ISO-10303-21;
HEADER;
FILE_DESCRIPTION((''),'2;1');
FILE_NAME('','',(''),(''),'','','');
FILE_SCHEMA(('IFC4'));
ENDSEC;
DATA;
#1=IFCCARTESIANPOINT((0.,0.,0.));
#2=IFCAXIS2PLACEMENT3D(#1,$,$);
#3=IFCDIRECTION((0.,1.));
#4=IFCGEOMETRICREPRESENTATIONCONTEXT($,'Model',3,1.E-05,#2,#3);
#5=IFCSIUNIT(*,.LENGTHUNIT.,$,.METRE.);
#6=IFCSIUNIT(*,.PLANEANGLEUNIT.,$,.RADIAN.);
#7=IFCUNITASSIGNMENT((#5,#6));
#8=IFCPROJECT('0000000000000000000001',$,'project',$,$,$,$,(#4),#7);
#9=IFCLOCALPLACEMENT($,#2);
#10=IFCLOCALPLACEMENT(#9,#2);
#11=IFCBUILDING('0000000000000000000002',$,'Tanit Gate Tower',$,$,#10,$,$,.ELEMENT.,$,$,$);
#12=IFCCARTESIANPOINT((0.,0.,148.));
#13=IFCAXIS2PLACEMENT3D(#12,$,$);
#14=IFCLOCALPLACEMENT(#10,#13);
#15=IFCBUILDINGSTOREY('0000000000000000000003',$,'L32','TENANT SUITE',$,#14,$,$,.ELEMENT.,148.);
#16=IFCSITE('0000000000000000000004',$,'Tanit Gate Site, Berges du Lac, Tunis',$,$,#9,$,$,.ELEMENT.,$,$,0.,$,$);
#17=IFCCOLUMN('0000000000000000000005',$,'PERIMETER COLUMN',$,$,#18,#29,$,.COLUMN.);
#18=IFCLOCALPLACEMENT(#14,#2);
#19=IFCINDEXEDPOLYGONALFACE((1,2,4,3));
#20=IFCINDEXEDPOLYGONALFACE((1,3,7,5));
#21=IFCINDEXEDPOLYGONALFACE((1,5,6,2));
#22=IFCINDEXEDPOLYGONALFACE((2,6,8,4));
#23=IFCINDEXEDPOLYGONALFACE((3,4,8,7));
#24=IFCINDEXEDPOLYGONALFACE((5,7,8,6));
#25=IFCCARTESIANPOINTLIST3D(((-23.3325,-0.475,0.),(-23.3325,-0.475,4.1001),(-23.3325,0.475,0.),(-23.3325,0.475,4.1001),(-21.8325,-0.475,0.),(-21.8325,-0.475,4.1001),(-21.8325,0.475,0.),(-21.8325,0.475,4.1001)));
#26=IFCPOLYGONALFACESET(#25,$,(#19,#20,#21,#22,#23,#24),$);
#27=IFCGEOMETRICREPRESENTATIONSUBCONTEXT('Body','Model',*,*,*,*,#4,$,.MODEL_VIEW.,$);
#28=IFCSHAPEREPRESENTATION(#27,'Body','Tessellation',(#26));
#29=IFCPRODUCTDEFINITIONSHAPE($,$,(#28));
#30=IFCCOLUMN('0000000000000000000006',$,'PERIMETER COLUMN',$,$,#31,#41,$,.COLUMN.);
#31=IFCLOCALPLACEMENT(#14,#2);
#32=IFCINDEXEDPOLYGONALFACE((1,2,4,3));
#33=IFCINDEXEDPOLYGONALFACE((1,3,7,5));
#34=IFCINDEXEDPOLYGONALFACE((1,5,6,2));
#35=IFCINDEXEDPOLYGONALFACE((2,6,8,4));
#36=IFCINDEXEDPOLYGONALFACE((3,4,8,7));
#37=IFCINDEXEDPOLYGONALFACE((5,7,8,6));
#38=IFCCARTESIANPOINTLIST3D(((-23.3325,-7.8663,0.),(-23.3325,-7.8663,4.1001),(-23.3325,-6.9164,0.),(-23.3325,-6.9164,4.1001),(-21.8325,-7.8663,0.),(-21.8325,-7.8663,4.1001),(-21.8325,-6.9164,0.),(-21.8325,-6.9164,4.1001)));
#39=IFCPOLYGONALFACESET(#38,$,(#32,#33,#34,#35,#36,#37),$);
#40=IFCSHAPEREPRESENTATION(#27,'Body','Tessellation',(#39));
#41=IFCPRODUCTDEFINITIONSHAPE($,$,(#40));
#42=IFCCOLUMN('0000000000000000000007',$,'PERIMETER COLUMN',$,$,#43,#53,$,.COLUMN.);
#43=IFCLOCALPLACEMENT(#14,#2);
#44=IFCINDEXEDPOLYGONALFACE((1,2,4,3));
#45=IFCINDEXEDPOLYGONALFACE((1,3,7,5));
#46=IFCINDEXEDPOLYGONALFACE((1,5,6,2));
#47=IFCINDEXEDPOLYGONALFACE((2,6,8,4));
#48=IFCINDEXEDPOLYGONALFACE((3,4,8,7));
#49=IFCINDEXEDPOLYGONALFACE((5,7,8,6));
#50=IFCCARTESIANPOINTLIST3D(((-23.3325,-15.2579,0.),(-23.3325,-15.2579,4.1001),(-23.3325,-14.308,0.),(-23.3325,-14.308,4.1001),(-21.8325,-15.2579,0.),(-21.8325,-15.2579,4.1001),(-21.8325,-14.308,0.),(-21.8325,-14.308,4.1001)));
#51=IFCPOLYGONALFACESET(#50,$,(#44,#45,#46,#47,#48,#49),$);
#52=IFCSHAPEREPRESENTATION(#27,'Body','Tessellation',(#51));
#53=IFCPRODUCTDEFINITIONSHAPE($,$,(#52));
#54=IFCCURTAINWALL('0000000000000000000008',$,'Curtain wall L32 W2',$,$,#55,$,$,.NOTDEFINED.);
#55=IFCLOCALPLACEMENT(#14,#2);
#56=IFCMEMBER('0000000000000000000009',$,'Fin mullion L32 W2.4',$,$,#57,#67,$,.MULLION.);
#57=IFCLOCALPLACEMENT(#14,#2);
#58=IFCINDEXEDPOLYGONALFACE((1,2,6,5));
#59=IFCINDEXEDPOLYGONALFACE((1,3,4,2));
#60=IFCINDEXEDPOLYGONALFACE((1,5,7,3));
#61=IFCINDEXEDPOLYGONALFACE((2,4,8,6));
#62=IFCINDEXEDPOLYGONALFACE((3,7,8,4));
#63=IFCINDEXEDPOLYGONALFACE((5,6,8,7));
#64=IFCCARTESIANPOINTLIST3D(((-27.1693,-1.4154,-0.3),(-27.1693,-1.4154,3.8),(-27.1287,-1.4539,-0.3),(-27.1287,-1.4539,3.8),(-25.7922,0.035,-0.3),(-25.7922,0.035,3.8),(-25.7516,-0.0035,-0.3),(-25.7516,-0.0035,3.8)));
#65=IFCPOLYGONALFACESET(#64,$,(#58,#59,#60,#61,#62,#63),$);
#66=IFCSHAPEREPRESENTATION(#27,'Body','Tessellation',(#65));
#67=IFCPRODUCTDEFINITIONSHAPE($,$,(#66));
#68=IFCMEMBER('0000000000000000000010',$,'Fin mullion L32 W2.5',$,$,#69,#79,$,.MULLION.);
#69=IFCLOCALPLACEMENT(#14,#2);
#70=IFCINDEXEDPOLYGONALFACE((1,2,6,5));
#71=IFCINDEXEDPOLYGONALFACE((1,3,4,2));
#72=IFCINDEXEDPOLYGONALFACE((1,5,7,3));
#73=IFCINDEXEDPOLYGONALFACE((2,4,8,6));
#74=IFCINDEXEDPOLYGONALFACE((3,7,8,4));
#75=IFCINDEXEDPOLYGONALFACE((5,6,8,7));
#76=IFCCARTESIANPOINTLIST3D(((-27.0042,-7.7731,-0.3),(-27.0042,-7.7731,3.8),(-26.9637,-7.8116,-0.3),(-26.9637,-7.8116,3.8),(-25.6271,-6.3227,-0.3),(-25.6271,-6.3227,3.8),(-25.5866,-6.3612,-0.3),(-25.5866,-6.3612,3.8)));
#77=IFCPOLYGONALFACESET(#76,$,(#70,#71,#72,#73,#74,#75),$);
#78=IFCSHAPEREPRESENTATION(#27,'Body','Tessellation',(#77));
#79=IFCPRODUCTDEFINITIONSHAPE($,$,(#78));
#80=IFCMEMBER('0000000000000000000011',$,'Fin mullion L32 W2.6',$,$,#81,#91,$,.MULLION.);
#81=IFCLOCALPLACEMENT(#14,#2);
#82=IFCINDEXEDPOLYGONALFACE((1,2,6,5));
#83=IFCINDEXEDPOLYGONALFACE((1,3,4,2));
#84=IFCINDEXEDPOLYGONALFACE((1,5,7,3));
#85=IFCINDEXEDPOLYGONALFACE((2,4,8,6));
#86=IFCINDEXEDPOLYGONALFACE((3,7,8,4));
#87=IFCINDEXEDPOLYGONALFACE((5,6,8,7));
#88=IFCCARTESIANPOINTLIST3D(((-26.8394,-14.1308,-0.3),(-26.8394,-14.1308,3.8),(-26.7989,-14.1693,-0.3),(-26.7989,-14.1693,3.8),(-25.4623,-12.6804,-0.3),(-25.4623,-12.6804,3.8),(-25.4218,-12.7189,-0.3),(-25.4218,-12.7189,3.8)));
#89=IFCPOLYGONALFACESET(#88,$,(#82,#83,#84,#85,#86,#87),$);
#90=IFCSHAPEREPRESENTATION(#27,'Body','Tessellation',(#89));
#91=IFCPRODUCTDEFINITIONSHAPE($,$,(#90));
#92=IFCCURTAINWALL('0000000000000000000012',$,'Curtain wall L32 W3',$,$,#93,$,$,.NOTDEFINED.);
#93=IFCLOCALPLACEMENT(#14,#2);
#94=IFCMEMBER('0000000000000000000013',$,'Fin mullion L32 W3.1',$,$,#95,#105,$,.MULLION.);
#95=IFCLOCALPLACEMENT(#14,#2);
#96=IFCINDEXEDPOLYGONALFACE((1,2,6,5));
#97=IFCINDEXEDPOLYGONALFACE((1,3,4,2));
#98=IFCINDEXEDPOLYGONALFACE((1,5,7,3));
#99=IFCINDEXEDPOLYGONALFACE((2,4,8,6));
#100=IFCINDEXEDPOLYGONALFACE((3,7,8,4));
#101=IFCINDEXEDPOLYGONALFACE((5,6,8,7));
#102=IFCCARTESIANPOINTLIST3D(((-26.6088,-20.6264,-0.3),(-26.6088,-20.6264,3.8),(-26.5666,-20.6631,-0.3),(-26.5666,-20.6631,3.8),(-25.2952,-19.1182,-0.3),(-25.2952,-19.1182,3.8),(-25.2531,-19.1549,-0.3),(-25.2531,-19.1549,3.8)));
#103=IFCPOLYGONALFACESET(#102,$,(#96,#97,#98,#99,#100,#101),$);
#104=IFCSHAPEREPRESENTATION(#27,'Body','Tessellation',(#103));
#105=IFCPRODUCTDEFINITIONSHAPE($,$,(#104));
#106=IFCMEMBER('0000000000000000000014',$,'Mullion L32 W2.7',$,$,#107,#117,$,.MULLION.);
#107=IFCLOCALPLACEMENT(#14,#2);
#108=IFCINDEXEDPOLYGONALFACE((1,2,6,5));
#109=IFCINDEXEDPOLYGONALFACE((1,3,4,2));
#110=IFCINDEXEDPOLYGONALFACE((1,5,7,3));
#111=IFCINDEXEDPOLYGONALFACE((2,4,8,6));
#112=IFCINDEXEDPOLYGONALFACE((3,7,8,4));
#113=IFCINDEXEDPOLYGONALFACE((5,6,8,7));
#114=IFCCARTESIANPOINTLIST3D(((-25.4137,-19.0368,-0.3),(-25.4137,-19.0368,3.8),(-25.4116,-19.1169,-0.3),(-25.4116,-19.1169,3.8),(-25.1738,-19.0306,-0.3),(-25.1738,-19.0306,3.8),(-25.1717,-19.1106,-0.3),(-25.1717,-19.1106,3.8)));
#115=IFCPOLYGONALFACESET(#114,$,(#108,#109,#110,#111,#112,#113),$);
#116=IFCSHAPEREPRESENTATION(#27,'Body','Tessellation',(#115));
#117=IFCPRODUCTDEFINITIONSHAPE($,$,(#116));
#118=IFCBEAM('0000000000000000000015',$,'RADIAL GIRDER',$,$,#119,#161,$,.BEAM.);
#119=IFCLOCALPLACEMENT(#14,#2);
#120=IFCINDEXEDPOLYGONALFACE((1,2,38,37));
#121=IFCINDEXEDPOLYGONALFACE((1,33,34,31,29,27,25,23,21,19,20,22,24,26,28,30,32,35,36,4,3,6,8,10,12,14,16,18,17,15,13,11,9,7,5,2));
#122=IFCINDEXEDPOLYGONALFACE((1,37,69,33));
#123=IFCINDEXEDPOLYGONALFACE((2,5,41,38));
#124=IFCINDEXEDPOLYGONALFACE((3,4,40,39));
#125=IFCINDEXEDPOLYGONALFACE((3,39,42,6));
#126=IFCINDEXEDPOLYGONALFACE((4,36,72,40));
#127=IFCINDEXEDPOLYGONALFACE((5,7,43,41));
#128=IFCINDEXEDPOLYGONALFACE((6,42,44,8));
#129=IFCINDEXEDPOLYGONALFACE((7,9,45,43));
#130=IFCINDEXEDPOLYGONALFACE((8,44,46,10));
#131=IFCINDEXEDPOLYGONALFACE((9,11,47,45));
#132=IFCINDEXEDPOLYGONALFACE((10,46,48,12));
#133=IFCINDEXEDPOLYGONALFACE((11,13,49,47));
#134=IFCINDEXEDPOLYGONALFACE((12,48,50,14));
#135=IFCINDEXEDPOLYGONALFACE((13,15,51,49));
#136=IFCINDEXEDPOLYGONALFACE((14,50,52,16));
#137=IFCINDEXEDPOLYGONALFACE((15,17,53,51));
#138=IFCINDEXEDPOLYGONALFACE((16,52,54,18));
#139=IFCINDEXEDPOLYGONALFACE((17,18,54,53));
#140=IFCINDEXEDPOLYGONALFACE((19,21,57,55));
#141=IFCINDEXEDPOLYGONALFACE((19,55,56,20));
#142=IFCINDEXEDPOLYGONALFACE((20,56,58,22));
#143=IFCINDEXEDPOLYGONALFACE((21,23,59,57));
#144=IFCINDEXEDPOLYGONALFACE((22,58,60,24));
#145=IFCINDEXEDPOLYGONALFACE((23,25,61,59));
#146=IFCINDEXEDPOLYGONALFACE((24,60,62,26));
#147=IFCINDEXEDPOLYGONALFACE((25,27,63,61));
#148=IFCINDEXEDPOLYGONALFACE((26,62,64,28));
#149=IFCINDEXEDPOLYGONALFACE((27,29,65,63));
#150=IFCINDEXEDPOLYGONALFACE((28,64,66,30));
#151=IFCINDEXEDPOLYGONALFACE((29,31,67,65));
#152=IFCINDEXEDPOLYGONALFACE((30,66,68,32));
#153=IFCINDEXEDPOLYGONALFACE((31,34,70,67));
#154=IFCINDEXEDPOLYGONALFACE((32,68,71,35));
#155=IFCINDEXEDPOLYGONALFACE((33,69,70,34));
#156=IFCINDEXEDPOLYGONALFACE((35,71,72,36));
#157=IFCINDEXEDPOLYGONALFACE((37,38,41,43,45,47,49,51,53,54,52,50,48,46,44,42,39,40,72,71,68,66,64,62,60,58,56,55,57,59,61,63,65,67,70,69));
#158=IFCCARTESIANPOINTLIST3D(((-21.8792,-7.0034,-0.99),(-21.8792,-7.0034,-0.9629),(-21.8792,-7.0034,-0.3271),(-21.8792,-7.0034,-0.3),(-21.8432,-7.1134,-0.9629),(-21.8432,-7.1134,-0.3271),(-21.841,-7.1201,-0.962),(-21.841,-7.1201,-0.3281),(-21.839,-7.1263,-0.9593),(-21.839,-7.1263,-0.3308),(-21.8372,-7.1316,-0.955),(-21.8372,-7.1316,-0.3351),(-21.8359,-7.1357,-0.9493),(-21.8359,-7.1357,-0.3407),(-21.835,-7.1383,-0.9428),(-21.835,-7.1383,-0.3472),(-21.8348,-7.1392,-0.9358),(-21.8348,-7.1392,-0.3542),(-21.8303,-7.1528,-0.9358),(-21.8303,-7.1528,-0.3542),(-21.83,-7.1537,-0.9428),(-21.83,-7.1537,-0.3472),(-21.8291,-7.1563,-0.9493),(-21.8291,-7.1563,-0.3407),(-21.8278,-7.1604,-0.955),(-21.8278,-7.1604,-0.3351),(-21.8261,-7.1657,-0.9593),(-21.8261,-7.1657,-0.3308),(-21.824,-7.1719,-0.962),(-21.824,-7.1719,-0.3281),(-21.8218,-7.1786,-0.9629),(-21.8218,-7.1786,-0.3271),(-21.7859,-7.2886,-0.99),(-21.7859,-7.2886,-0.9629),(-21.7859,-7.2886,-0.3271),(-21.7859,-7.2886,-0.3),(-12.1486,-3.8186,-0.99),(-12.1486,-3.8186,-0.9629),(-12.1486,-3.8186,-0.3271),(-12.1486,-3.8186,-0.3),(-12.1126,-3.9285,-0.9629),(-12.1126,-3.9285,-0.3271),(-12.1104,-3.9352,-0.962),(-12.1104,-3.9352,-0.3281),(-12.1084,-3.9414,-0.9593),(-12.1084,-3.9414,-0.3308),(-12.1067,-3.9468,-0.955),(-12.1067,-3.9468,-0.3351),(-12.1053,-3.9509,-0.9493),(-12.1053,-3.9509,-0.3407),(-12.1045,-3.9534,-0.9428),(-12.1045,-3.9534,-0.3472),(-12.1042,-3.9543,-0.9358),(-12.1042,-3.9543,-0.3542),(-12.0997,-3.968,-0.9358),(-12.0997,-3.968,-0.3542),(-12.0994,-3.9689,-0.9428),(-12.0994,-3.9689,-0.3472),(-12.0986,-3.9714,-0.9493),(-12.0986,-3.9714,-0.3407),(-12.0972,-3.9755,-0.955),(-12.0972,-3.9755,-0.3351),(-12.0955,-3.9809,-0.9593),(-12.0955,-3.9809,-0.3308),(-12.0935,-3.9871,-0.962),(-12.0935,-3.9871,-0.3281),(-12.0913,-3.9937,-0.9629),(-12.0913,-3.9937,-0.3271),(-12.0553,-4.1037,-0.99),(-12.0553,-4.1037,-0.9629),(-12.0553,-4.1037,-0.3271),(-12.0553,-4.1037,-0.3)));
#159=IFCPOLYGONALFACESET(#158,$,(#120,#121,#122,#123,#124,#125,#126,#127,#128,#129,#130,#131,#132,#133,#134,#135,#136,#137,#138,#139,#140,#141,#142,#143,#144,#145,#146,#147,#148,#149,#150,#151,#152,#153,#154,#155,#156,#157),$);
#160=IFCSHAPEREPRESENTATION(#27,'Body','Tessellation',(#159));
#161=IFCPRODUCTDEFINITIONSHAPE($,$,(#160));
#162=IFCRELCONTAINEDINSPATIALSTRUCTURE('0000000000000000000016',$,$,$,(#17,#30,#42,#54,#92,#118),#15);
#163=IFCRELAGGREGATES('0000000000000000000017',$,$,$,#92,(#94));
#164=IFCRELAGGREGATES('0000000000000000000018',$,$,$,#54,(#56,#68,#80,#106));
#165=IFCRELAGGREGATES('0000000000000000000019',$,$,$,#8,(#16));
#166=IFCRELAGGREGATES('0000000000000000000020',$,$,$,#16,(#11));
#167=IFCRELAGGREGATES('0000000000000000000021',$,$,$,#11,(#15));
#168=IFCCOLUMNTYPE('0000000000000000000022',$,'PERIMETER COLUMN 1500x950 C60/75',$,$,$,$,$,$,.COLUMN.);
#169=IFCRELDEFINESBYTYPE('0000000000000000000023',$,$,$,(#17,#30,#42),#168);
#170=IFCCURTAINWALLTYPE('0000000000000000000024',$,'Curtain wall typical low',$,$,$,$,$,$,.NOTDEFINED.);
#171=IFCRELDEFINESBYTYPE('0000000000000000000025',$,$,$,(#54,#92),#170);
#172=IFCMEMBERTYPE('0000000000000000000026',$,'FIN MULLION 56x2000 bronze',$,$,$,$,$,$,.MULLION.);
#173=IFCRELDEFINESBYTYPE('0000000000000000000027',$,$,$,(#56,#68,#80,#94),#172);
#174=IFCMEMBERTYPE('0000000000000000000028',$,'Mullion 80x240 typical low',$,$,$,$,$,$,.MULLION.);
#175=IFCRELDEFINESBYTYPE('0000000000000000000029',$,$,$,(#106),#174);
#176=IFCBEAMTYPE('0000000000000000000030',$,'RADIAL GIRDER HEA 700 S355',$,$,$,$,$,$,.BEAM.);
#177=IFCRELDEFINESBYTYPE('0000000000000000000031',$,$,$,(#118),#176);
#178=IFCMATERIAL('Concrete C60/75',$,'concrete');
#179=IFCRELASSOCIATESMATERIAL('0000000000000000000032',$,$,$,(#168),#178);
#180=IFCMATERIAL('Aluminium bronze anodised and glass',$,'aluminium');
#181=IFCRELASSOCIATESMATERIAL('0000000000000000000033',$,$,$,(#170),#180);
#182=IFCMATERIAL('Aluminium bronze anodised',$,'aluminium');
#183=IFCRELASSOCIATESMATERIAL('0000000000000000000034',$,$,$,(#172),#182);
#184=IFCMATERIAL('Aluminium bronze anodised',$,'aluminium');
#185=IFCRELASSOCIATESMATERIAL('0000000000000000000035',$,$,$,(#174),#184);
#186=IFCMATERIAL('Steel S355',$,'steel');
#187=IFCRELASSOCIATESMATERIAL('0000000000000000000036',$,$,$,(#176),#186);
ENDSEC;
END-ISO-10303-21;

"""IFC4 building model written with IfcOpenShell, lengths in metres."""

from ifc_helpers import new_model, si_unit, direction, frame, origin, origin_2d, place, context, subcontext, project, spatial, rectangle, i_section, extrude, material, material_profile, profile_set, type_object, element, aggregate, save


model = new_model("IFC4")

# Units and contexts
model_context = context("Model", 3, precision=1e-05, world=origin(), true_north=direction((0.0, 1.0)))
body_context = subcontext(model_context, "Body", "Model", "MODEL_VIEW")
ifc_project = project(units=[si_unit("LENGTHUNIT", "METRE"), si_unit("PLANEANGLEUNIT", "RADIAN")], contexts=[model_context])

# Site, building, storey
site_placement = place(None, origin())
site = spatial("IfcSite", under=ifc_project, at=site_placement, Name="Tanit Gate Site, Berges du Lac, Tunis", CompositionType="ELEMENT", RefElevation=0.0)
building_placement = place(site_placement, origin())
building = spatial("IfcBuilding", under=site, at=building_placement, Name="Tanit Gate Tower", CompositionType="ELEMENT")
storey_placement = place(building_placement, frame((0.0, 0.0, 148.0)))
storey = spatial("IfcBuildingStorey", under=building, at=storey_placement, Name="L32", Description="TENANT SUITE", CompositionType="ELEMENT", Elevation=148.0)

# Columns
ifc_material_1 = material(Name="Concrete C60/75", Category="concrete")
ifc_material_profile_1 = material_profile(ifc_material_1, rectangle(XDim=1.5, YDim=0.95, at=origin_2d()), Name="RC 1500x950")
ifc_profile_set_1 = profile_set([ifc_material_profile_1], Name="Concrete C60/75")
column_type = type_object("IfcColumnType", Name="PERIMETER COLUMN 1500x950 C60/75", PredefinedType="COLUMN", material=ifc_profile_set_1)
for number, where, z_axis, x_axis, name in (
    (1, (-22.5825, 0.0, 0.0), (0.0, 0.0, 1.0), (-1.0, 0.0, 0.0), "PERIMETER COLUMN"),
    (2, (-22.5825, -7.3914, 0.0), (0.0, 0.0, 1.0), (-1.0, 0.0, 0.0), "PERIMETER COLUMN"),
    (3, (-22.5825, -14.783, 0.0), (0.0, 0.0, 1.0), (-1.0, 0.0, 0.0), "PERIMETER COLUMN"),
):
    element("IfcColumn", number, at=place(storey_placement, frame(where, z_axis=z_axis, x_axis=x_axis)), inside=storey, type_object=column_type, Name=name, PredefinedType="COLUMN", context=body_context, shape_type="SweptSolid", body=[
        extrude(rectangle(XDim=1.5, YDim=0.95, at=origin_2d()), origin(), (0.0, 0.0, 1.0), 4.1001),
    ])

# Curtain wall, members
ifc_material_2 = material(Name="Aluminium bronze anodised and glass", Category="aluminium")
curtain_wall_type = type_object("IfcCurtainWallType", Name="Curtain wall typical low", PredefinedType="NOTDEFINED", material=ifc_material_2)
curtain_wall_1_placement = place(storey_placement, origin())
curtain_wall_1 = element("IfcCurtainWall", 4, at=curtain_wall_1_placement, inside=storey, type_object=curtain_wall_type, Name="Curtain wall L32 W2", PredefinedType="NOTDEFINED")
ifc_material_3 = material(Name="Aluminium bronze anodised", Category="aluminium")
ifc_material_profile_2 = material_profile(ifc_material_3, rectangle(XDim=2.0, YDim=0.0559, at=origin_2d()), Name="56x2000 bronze fin mullion")
ifc_profile_set_2 = profile_set([ifc_material_profile_2], Name="Aluminium bronze anodised")
member_type_1 = type_object("IfcMemberType", Name="FIN MULLION 56x2000 bronze", PredefinedType="MULLION", material=ifc_profile_set_2)
member_1_placement = place(storey_placement, frame((-26.4604, -0.7095, -0.3), z_axis=(0.0, 0.0, 1.0), x_axis=(0.688538, 0.7252, 0.0)))
member_1 = element("IfcMember", 5, at=member_1_placement, type_object=member_type_1, Name="Fin mullion L32 W2.4", PredefinedType="MULLION", context=body_context, shape_type="SweptSolid", body=[
    extrude(rectangle(XDim=2.0, YDim=0.0559, at=origin_2d()), origin(), (0.0, 0.0, 1.0), 4.1001),
])
member_2_placement = place(storey_placement, frame((-26.2954, -7.0671, -0.3), z_axis=(0.0, 0.0, 1.0), x_axis=(0.688538, 0.7252, 0.0)))
member_2 = element("IfcMember", 6, at=member_2_placement, type_object=member_type_1, Name="Fin mullion L32 W2.5", PredefinedType="MULLION", context=body_context, shape_type="SweptSolid", body=[
    extrude(rectangle(XDim=2.0, YDim=0.0559, at=origin_2d()), origin(), (0.0, 0.0, 1.0), 4.1001),
])
member_3_placement = place(storey_placement, frame((-26.1306, -13.4248, -0.3), z_axis=(0.0, 0.0, 1.0), x_axis=(0.688538, 0.7252, 0.0)))
member_3 = element("IfcMember", 7, at=member_3_placement, type_object=member_type_1, Name="Fin mullion L32 W2.6", PredefinedType="MULLION", context=body_context, shape_type="SweptSolid", body=[
    extrude(rectangle(XDim=2.0, YDim=0.0559, at=origin_2d()), origin(), (0.0, 0.0, 1.0), 4.1001),
])

# Curtain wall, member
curtain_wall_2_placement = place(storey_placement, origin())
curtain_wall_2 = element("IfcCurtainWall", 8, at=curtain_wall_2_placement, inside=storey, type_object=curtain_wall_type, Name="Curtain wall L32 W3", PredefinedType="NOTDEFINED")
member_4_placement = place(storey_placement, frame((-25.9309, -19.8906, -0.3), z_axis=(0.0, 0.0, 1.0), x_axis=(0.656773, 0.754088, 0.0)))
member_4 = element("IfcMember", 9, at=member_4_placement, type_object=member_type_1, Name="Fin mullion L32 W3.1", PredefinedType="MULLION", context=body_context, shape_type="SweptSolid", body=[
    extrude(rectangle(XDim=2.0, YDim=0.0559, at=origin_2d()), origin(), (0.0, 0.0, 1.0), 4.1001),
])

# Member
ifc_material_4 = material(Name="Aluminium bronze anodised", Category="aluminium")
ifc_material_profile_3 = material_profile(ifc_material_4, rectangle(XDim=0.24, YDim=0.0801, at=origin_2d()), Name="80x240 bronze mullion")
ifc_profile_set_3 = profile_set([ifc_material_profile_3], Name="Aluminium bronze anodised")
member_type_2 = type_object("IfcMemberType", Name="Mullion 80x240 typical low", PredefinedType="MULLION", material=ifc_profile_set_3)
member_5_placement = place(storey_placement, frame((-25.2927, -19.0737, -0.3), z_axis=(0.0, 0.0, 1.0), x_axis=(0.999664, 0.025924, 0.0)))
member_5 = element("IfcMember", 10, at=member_5_placement, type_object=member_type_2, Name="Mullion L32 W2.7", PredefinedType="MULLION", context=body_context, shape_type="SweptSolid", body=[
    extrude(rectangle(XDim=0.24, YDim=0.0801, at=origin_2d()), origin(), (0.0, 0.0, 1.0), 4.1001),
])

# Beam
ifc_material_5 = material(Name="Steel S355", Category="steel")
ifc_material_profile_4 = material_profile(ifc_material_5, i_section(OverallWidth=0.3, OverallDepth=0.6899, WebThickness=0.0144, FlangeThickness=0.0271, FilletRadius=0.0271, at=origin_2d()), Name="HEA 700")
ifc_profile_set_4 = profile_set([ifc_material_profile_4], Name="Steel S355")
beam_type_1 = type_object("IfcBeamType", Name="RADIAL GIRDER HEA 700 S355", PredefinedType="BEAM", material=ifc_profile_set_4)
beam_1_placement = place(storey_placement, frame((-21.8325, -7.146, -0.645), z_axis=(0.950389, 0.311065, 0.0), x_axis=(-0.311065, 0.950389, 0.0)))
element("IfcBeam", 11, at=beam_1_placement, inside=storey, type_object=beam_type_1, Name="RADIAL GIRDER", PredefinedType="BEAM", context=body_context, shape_type="SweptSolid", body=[
    extrude(i_section(OverallWidth=0.3, OverallDepth=0.6899, WebThickness=0.0144, FlangeThickness=0.0271, FilletRadius=0.0271, at=origin_2d()), origin(), (0.0, 0.0, 1.0), 10.2385),
])

aggregate(curtain_wall_2, [member_4])

aggregate(curtain_wall_1, [member_1, member_2, member_3, member_5])

save(model, "model.ifc")
